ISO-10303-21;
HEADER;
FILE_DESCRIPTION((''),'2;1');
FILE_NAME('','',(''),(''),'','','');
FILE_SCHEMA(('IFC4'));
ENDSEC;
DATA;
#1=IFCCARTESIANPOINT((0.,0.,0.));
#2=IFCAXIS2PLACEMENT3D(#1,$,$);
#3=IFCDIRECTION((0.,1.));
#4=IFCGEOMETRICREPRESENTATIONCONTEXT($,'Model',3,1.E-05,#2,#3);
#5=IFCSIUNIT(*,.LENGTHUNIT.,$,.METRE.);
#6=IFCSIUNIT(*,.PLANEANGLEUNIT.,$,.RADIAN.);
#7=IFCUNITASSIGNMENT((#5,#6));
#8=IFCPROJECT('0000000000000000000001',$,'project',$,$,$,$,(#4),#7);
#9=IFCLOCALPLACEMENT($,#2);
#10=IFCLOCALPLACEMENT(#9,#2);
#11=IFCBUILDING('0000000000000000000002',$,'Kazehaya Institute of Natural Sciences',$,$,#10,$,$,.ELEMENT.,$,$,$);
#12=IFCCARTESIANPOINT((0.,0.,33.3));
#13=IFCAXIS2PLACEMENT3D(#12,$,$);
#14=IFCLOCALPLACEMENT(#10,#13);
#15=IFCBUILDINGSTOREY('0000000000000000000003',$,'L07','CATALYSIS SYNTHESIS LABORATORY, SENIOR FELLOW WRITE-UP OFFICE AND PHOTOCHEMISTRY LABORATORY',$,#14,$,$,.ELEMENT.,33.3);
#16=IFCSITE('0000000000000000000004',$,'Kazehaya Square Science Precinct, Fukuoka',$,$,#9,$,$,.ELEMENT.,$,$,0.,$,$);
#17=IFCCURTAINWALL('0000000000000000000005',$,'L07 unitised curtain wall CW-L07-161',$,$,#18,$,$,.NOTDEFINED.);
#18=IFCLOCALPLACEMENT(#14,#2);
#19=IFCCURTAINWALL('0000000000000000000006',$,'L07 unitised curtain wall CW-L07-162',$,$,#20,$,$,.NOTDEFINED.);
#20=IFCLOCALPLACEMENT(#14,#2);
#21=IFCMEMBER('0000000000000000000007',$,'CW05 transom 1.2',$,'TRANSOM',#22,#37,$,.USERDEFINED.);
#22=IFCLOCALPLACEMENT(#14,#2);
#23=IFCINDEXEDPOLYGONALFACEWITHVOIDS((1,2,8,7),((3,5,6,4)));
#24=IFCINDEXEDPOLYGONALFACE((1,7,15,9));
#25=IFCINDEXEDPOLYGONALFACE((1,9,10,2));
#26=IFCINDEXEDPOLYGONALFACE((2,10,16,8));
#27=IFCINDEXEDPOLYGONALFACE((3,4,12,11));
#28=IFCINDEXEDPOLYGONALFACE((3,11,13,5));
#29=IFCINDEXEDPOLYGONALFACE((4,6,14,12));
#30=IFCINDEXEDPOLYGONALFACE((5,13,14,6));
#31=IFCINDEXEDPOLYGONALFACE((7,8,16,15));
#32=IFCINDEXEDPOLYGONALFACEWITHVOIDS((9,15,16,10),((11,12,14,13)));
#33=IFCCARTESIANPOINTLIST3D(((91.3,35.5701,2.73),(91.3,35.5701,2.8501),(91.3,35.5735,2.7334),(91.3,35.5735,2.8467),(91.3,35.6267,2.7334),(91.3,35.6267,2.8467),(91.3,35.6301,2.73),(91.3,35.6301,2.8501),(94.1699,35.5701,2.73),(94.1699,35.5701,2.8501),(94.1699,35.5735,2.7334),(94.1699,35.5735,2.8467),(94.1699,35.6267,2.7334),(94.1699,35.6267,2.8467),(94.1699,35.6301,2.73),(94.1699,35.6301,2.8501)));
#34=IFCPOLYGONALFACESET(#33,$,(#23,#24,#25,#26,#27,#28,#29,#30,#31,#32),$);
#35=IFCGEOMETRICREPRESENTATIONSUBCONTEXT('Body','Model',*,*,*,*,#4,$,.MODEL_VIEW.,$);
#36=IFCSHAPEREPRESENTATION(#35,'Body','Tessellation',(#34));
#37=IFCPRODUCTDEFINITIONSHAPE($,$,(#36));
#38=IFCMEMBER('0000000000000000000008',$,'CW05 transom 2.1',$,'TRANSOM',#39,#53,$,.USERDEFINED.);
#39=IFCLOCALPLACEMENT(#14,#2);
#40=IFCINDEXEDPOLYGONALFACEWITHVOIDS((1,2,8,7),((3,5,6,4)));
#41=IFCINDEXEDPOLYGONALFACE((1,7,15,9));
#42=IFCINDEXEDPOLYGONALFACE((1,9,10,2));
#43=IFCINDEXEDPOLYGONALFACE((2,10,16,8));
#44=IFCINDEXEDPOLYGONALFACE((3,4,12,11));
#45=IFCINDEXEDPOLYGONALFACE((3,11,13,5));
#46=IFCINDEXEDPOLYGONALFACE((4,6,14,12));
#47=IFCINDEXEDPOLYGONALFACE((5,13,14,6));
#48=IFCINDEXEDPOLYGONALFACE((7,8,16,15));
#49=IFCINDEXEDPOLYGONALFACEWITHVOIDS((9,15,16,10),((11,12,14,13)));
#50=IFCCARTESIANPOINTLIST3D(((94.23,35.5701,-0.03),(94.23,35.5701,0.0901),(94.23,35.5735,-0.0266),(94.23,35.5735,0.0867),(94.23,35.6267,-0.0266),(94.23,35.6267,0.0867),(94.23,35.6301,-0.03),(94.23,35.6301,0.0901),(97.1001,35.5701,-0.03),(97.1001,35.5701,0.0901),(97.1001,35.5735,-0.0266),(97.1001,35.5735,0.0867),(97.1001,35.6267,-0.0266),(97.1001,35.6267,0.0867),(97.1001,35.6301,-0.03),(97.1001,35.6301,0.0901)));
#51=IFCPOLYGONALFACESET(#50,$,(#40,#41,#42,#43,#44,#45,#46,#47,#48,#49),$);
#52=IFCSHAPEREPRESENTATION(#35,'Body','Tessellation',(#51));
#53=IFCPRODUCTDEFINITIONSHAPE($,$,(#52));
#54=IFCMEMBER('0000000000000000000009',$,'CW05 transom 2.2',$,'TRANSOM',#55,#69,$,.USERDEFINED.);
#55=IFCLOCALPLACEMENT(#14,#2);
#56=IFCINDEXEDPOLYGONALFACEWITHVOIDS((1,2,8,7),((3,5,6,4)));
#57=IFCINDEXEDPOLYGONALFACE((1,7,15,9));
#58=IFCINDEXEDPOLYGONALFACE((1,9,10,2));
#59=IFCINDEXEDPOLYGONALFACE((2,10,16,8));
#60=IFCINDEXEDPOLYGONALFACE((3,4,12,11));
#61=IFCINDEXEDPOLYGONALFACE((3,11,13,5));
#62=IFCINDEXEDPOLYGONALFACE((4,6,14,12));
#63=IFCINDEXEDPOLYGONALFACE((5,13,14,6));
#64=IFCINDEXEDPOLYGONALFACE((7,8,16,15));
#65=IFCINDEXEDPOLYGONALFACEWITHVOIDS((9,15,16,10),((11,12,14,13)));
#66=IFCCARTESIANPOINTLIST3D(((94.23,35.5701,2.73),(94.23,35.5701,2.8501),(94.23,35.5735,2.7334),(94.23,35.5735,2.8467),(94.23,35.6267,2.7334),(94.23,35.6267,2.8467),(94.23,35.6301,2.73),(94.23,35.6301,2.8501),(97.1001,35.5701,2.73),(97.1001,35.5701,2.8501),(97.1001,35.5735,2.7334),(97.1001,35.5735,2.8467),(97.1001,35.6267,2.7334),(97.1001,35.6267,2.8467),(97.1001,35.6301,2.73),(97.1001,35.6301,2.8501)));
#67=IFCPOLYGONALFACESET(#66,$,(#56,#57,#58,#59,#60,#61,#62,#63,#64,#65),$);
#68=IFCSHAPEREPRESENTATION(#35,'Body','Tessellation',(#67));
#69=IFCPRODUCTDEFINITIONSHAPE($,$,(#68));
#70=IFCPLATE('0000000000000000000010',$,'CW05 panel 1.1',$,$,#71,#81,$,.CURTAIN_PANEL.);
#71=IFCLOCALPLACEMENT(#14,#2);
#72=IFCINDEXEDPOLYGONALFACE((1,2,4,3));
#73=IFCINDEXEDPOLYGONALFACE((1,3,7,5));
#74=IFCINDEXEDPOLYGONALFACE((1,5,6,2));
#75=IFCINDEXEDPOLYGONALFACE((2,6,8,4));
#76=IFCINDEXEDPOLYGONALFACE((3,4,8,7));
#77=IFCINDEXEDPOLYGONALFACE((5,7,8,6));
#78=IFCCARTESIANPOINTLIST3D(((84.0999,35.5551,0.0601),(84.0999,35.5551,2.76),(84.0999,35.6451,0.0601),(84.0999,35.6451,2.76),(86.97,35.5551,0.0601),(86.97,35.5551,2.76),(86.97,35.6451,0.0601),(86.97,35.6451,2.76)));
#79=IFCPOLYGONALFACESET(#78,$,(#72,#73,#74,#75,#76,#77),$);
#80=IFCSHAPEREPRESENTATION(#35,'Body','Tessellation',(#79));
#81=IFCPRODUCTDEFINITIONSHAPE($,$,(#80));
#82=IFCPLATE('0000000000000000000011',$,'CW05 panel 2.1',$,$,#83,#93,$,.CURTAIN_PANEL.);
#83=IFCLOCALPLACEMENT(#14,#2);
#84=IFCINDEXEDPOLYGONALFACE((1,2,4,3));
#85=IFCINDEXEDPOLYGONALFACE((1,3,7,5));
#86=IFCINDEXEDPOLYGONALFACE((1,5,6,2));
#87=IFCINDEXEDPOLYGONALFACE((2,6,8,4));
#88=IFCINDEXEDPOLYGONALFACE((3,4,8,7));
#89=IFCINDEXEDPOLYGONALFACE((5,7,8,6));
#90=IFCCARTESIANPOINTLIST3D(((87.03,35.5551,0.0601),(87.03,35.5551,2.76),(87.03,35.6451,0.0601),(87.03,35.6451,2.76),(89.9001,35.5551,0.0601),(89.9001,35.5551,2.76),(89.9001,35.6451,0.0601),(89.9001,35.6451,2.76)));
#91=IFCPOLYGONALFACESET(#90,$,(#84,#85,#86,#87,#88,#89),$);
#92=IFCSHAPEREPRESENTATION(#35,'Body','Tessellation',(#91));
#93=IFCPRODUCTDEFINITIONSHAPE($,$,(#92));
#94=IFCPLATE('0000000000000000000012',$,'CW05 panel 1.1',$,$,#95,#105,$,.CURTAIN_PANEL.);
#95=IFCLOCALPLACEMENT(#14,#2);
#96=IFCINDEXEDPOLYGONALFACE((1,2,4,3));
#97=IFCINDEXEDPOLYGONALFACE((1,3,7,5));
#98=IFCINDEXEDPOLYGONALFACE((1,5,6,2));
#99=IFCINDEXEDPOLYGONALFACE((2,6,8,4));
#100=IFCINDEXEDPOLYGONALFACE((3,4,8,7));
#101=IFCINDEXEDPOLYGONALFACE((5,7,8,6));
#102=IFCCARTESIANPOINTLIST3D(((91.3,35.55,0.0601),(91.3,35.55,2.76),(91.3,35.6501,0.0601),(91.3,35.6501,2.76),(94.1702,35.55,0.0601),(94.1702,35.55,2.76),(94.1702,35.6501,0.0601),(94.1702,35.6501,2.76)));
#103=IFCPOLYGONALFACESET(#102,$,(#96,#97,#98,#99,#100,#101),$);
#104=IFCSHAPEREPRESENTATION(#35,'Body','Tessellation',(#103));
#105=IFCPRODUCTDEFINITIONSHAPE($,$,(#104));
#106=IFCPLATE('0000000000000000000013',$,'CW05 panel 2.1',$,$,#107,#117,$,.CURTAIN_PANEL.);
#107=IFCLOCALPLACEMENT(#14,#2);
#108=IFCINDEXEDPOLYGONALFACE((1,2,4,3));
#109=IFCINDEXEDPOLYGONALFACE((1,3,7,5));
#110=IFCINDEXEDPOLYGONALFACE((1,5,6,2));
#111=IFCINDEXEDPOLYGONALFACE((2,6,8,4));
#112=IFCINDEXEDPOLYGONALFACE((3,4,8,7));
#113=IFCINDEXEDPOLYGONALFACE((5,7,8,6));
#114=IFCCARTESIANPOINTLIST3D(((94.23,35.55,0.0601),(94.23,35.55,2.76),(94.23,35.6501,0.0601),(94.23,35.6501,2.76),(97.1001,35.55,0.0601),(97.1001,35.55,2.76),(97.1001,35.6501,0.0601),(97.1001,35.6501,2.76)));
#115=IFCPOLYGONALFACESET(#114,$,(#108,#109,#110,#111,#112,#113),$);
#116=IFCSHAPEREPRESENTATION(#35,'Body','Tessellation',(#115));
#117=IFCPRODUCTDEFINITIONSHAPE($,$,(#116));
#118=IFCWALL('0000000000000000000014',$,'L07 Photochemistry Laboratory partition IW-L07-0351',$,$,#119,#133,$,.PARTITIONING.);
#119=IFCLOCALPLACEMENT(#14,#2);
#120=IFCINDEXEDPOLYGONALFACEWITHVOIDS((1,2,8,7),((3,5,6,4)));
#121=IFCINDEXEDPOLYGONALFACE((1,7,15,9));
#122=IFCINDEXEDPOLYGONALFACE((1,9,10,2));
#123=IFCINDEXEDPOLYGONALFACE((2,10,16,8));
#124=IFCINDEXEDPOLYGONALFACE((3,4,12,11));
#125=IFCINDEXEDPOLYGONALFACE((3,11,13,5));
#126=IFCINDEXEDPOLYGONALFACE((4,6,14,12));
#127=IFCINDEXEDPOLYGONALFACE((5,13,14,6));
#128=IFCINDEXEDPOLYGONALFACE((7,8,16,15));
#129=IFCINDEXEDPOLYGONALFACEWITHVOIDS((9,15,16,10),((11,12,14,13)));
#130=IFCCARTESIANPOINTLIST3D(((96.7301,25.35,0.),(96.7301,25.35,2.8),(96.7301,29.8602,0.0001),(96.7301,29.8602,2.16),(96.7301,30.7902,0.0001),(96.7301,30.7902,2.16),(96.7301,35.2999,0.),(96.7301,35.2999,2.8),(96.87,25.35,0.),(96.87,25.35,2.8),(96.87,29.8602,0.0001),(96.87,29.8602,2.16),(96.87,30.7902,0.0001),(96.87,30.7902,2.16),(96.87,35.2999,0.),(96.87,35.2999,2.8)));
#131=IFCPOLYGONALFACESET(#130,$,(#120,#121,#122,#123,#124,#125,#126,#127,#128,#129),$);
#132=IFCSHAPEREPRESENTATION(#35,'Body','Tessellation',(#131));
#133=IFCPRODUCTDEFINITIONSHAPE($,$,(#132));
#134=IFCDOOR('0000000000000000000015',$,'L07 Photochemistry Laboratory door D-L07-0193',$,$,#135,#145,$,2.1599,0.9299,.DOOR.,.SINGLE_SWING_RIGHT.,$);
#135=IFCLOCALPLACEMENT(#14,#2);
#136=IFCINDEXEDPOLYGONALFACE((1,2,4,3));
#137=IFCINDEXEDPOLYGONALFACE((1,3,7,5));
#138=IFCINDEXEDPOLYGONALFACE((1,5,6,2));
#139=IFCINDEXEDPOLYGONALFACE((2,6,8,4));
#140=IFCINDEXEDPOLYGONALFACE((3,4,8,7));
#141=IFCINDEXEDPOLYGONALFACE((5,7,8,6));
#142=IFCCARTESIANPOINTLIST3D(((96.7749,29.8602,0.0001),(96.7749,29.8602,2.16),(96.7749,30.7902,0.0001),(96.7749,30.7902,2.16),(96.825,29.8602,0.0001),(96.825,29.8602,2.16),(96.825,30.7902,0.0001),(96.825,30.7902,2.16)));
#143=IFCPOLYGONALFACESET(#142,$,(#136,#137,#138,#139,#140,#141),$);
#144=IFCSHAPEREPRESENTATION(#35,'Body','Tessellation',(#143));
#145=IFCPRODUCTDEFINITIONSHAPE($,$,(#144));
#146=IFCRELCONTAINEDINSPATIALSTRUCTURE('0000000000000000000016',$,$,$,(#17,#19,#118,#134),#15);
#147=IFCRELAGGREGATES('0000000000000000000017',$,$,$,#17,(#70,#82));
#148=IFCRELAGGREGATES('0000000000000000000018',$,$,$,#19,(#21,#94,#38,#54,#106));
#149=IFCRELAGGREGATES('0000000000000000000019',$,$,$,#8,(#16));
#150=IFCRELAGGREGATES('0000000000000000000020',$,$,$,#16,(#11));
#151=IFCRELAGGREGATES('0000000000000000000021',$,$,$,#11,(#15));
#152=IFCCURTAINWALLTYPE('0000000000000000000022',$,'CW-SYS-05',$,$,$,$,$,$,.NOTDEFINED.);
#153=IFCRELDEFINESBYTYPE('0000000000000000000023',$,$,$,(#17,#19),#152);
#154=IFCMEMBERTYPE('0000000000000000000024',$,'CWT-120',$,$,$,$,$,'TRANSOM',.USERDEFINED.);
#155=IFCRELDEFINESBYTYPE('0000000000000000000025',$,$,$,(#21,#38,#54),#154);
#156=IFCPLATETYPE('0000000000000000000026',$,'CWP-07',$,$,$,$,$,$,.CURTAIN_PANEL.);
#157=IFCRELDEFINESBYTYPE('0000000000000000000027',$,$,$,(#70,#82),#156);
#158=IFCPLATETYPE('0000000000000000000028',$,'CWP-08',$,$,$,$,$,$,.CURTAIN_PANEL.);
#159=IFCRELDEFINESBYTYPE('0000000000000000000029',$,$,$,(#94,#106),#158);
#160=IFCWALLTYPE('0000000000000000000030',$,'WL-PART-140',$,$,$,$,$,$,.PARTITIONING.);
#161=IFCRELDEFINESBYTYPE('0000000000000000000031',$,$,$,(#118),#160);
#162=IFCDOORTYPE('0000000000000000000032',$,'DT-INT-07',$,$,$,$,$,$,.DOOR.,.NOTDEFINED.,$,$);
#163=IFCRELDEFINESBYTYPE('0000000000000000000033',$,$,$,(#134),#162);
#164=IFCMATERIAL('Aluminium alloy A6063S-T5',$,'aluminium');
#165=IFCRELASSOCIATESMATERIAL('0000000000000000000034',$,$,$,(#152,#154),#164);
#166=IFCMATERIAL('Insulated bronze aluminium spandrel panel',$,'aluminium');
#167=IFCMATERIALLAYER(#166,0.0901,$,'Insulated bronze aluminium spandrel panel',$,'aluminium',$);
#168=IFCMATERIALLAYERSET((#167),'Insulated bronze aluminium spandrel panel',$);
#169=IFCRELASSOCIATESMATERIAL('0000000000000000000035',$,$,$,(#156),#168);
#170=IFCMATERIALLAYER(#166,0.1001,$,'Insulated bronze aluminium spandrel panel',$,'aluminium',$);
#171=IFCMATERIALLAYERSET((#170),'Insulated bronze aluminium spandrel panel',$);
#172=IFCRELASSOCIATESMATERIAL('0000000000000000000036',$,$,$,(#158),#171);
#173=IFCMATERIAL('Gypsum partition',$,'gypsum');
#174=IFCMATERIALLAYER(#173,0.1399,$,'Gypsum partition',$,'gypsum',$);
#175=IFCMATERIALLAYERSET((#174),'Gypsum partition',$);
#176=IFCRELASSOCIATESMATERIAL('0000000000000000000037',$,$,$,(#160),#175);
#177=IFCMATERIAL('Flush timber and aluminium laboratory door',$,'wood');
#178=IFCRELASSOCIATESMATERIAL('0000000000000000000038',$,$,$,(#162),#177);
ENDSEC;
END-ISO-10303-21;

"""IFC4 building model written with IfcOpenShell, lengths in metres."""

from ifc_helpers import new_model, si_unit, direction, frame, frame_2d, origin, origin_2d, place, context, subcontext, project, spatial, rectangle, hollow_rectangle, extrude, material, layer, layer_set, material_profile, profile_set, type_object, element, fill, aggregate, save


model = new_model("IFC4")

# Units and contexts
model_context = context("Model", 3, precision=1e-05, world=origin(), true_north=direction((0.0, 1.0)))
body_context = subcontext(model_context, "Body", "Model", "MODEL_VIEW")
ifc_project = project(units=[si_unit("LENGTHUNIT", "METRE"), si_unit("PLANEANGLEUNIT", "RADIAN")], contexts=[model_context])

# Site, building, storey
site_placement = place(None, origin())
site = spatial("IfcSite", under=ifc_project, at=site_placement, Name="Kazehaya Square Science Precinct, Fukuoka", CompositionType="ELEMENT", RefElevation=0.0)
building_placement = place(site_placement, origin())
building = spatial("IfcBuilding", under=site, at=building_placement, Name="Kazehaya Institute of Natural Sciences", CompositionType="ELEMENT")
storey_placement = place(building_placement, frame((0.0, 0.0, 33.3)))
storey = spatial("IfcBuildingStorey", under=building, at=storey_placement, Name="L07", Description="CATALYSIS SYNTHESIS LABORATORY, SENIOR FELLOW WRITE-UP OFFICE AND PHOTOCHEMISTRY LABORATORY", CompositionType="ELEMENT", Elevation=33.3)

# Curtain walls
ifc_material_1 = material(Name="Aluminium alloy A6063S-T5", Category="aluminium")
curtain_wall_type = type_object("IfcCurtainWallType", Name="CW-SYS-05", PredefinedType="NOTDEFINED", material=ifc_material_1)
curtain_wall_1_placement = place(storey_placement, origin())
curtain_wall_1 = element("IfcCurtainWall", 1, at=curtain_wall_1_placement, inside=storey, type_object=curtain_wall_type, Name="L07 unitised curtain wall CW-L07-161", PredefinedType="NOTDEFINED")
curtain_wall_2_placement = place(storey_placement, origin())
curtain_wall_2 = element("IfcCurtainWall", 2, at=curtain_wall_2_placement, inside=storey, type_object=curtain_wall_type, Name="L07 unitised curtain wall CW-L07-162", PredefinedType="NOTDEFINED")

# Members
ifc_material_profile_1 = material_profile(ifc_material_1, hollow_rectangle(XDim=0.0601, YDim=0.1201, WallThickness=0.0034, at=origin_2d()), Name="ALU-60x120x3.5")
ifc_profile_set_1 = profile_set([ifc_material_profile_1], Name="Aluminium alloy A6063S-T5")
member_type_1 = type_object("IfcMemberType", Name="CWT-120", ElementType="TRANSOM", PredefinedType="USERDEFINED", material=ifc_profile_set_1)
member_1_placement = place(storey_placement, frame((91.3, 35.6001, 2.79), z_axis=(1.0, 0.0, 0.0), x_axis=(0.0, 1.0, 0.0)))
member_1 = element("IfcMember", 3, at=member_1_placement, type_object=member_type_1, Name="CW05 transom 1.2", ObjectType="TRANSOM", PredefinedType="USERDEFINED", context=body_context, shape_type="SweptSolid", body=[
    extrude(hollow_rectangle(XDim=0.0601, YDim=0.1201, WallThickness=0.0034, at=origin_2d()), origin(), (0.0, 0.0, 1.0), 2.8699),
])
member_2_placement = place(storey_placement, frame((94.23, 35.6001, 0.03), z_axis=(1.0, 0.0, 0.0), x_axis=(0.0, 1.0, 0.0)))
member_2 = element("IfcMember", 4, at=member_2_placement, type_object=member_type_1, Name="CW05 transom 2.1", ObjectType="TRANSOM", PredefinedType="USERDEFINED", context=body_context, shape_type="SweptSolid", body=[
    extrude(hollow_rectangle(XDim=0.0601, YDim=0.1201, WallThickness=0.0034, at=origin_2d()), origin(), (0.0, 0.0, 1.0), 2.8701),
])
member_3_placement = place(storey_placement, frame((94.23, 35.6001, 2.79), z_axis=(1.0, 0.0, 0.0), x_axis=(0.0, 1.0, 0.0)))
member_3 = element("IfcMember", 5, at=member_3_placement, type_object=member_type_1, Name="CW05 transom 2.2", ObjectType="TRANSOM", PredefinedType="USERDEFINED", context=body_context, shape_type="SweptSolid", body=[
    extrude(hollow_rectangle(XDim=0.0601, YDim=0.1201, WallThickness=0.0034, at=origin_2d()), origin(), (0.0, 0.0, 1.0), 2.8701),
])

# Plates
ifc_material_2 = material(Name="Insulated bronze aluminium spandrel panel", Category="aluminium")
ifc_layer_1 = layer(ifc_material_2, 0.0901, Name="Insulated bronze aluminium spandrel panel", Category="aluminium")
ifc_layer_set_1 = layer_set([ifc_layer_1], Name="Insulated bronze aluminium spandrel panel")
plate_type_1 = type_object("IfcPlateType", Name="CWP-07", PredefinedType="CURTAIN_PANEL", material=ifc_layer_set_1)
plate_1_placement = place(storey_placement, frame((85.5349, 35.6001, 0.0601), z_axis=(0.0, 0.0, 1.0), x_axis=(1.0, 0.0, 0.0)))
plate_1 = element("IfcPlate", 6, at=plate_1_placement, type_object=plate_type_1, Name="CW05 panel 1.1", PredefinedType="CURTAIN_PANEL", context=body_context, shape_type="SweptSolid", body=[
    extrude(rectangle(XDim=2.8701, YDim=0.0901, at=origin_2d()), origin(), (0.0, 0.0, 1.0), 2.7),
])
plate_2_placement = place(storey_placement, frame((88.4651, 35.6001, 0.0601), z_axis=(0.0, 0.0, 1.0), x_axis=(1.0, 0.0, 0.0)))
plate_2 = element("IfcPlate", 7, at=plate_2_placement, type_object=plate_type_1, Name="CW05 panel 2.1", PredefinedType="CURTAIN_PANEL", context=body_context, shape_type="SweptSolid", body=[
    extrude(rectangle(XDim=2.8701, YDim=0.0901, at=origin_2d()), origin(), (0.0, 0.0, 1.0), 2.7),
])
aggregate(curtain_wall_1, [plate_1, plate_2])
ifc_layer_2 = layer(ifc_material_2, 0.1001, Name="Insulated bronze aluminium spandrel panel", Category="aluminium")
ifc_layer_set_2 = layer_set([ifc_layer_2], Name="Insulated bronze aluminium spandrel panel")
plate_type_2 = type_object("IfcPlateType", Name="CWP-08", PredefinedType="CURTAIN_PANEL", material=ifc_layer_set_2)
plate_3_placement = place(storey_placement, frame((92.7351, 35.6001, 0.0601), z_axis=(0.0, 0.0, 1.0), x_axis=(1.0, 0.0, 0.0)))
plate_3 = element("IfcPlate", 8, at=plate_3_placement, type_object=plate_type_2, Name="CW05 panel 1.1", PredefinedType="CURTAIN_PANEL", context=body_context, shape_type="SweptSolid", body=[
    extrude(rectangle(XDim=2.8701, YDim=0.1001, at=origin_2d()), origin(), (0.0, 0.0, 1.0), 2.7),
])
plate_4_placement = place(storey_placement, frame((95.665, 35.6001, 0.0601), z_axis=(0.0, 0.0, 1.0), x_axis=(1.0, 0.0, 0.0)))
plate_4 = element("IfcPlate", 9, at=plate_4_placement, type_object=plate_type_2, Name="CW05 panel 2.1", PredefinedType="CURTAIN_PANEL", context=body_context, shape_type="SweptSolid", body=[
    extrude(rectangle(XDim=2.8701, YDim=0.1001, at=origin_2d()), origin(), (0.0, 0.0, 1.0), 2.7),
])
aggregate(curtain_wall_2, [member_1, plate_3, member_2, member_3, plate_4])

# Wall, opening, door
ifc_material_3 = material(Name="Gypsum partition", Category="gypsum")
ifc_layer_3 = layer(ifc_material_3, 0.1399, Name="Gypsum partition", Category="gypsum")
ifc_layer_set_3 = layer_set([ifc_layer_3], Name="Gypsum partition")
wall_type = type_object("IfcWallType", Name="WL-PART-140", PredefinedType="PARTITIONING", material=ifc_layer_set_3)
wall_placement = place(storey_placement, frame((96.8, 35.3, 0.0), z_axis=(0.0, 0.0, 1.0), x_axis=(0.0, -1.0, 0.0)))
wall = element("IfcWall", 10, at=wall_placement, inside=storey, type_object=wall_type, Name="L07 Photochemistry Laboratory partition IW-L07-0351", PredefinedType="PARTITIONING", context=body_context, shape_type="SweptSolid", body=[
    extrude(rectangle(XDim=9.95, YDim=0.1399, at=frame_2d((4.9751, 0.0))), origin(), (0.0, 0.0, 1.0), 2.8),
])
opening_placement = place(wall_placement, frame((4.51, 0.0, 0.0)))
opening = element("IfcOpeningElement", 11, at=opening_placement, cuts=wall, PredefinedType="OPENING", context=body_context, shape_type="SweptSolid", body=[
    extrude(rectangle(XDim=0.9299, YDim=2.1599, at=frame_2d((0.4648, 1.0801))), frame((0.0, 0.0798, 0.0), z_axis=(0.0, -1.0, 0.0), x_axis=(1.0, 0.0, 0.0)), (0.0, 0.0, 1.0), 0.1599),
])
ifc_material_4 = material(Name="Flush timber and aluminium laboratory door", Category="wood")
door_type = type_object("IfcDoorType", Name="DT-INT-07", OperationType="NOTDEFINED", PredefinedType="DOOR", material=ifc_material_4)
door_placement = place(opening_placement, origin())
door = element("IfcDoor", 12, at=door_placement, inside=storey, type_object=door_type, Name="L07 Photochemistry Laboratory door D-L07-0193", OperationType="SINGLE_SWING_RIGHT", OverallHeight=2.1599, OverallWidth=0.9299, PredefinedType="DOOR", context=body_context, shape_type="SweptSolid", body=[
    extrude(rectangle(XDim=0.9299, YDim=2.1599, at=frame_2d((0.4648, 1.0801))), frame((0.0, 0.0249, 0.0), z_axis=(0.0, -1.0, 0.0), x_axis=(1.0, 0.0, 0.0)), (0.0, 0.0, 1.0), 0.05),
])
fill(opening, door)

save(model, "model.ifc")
